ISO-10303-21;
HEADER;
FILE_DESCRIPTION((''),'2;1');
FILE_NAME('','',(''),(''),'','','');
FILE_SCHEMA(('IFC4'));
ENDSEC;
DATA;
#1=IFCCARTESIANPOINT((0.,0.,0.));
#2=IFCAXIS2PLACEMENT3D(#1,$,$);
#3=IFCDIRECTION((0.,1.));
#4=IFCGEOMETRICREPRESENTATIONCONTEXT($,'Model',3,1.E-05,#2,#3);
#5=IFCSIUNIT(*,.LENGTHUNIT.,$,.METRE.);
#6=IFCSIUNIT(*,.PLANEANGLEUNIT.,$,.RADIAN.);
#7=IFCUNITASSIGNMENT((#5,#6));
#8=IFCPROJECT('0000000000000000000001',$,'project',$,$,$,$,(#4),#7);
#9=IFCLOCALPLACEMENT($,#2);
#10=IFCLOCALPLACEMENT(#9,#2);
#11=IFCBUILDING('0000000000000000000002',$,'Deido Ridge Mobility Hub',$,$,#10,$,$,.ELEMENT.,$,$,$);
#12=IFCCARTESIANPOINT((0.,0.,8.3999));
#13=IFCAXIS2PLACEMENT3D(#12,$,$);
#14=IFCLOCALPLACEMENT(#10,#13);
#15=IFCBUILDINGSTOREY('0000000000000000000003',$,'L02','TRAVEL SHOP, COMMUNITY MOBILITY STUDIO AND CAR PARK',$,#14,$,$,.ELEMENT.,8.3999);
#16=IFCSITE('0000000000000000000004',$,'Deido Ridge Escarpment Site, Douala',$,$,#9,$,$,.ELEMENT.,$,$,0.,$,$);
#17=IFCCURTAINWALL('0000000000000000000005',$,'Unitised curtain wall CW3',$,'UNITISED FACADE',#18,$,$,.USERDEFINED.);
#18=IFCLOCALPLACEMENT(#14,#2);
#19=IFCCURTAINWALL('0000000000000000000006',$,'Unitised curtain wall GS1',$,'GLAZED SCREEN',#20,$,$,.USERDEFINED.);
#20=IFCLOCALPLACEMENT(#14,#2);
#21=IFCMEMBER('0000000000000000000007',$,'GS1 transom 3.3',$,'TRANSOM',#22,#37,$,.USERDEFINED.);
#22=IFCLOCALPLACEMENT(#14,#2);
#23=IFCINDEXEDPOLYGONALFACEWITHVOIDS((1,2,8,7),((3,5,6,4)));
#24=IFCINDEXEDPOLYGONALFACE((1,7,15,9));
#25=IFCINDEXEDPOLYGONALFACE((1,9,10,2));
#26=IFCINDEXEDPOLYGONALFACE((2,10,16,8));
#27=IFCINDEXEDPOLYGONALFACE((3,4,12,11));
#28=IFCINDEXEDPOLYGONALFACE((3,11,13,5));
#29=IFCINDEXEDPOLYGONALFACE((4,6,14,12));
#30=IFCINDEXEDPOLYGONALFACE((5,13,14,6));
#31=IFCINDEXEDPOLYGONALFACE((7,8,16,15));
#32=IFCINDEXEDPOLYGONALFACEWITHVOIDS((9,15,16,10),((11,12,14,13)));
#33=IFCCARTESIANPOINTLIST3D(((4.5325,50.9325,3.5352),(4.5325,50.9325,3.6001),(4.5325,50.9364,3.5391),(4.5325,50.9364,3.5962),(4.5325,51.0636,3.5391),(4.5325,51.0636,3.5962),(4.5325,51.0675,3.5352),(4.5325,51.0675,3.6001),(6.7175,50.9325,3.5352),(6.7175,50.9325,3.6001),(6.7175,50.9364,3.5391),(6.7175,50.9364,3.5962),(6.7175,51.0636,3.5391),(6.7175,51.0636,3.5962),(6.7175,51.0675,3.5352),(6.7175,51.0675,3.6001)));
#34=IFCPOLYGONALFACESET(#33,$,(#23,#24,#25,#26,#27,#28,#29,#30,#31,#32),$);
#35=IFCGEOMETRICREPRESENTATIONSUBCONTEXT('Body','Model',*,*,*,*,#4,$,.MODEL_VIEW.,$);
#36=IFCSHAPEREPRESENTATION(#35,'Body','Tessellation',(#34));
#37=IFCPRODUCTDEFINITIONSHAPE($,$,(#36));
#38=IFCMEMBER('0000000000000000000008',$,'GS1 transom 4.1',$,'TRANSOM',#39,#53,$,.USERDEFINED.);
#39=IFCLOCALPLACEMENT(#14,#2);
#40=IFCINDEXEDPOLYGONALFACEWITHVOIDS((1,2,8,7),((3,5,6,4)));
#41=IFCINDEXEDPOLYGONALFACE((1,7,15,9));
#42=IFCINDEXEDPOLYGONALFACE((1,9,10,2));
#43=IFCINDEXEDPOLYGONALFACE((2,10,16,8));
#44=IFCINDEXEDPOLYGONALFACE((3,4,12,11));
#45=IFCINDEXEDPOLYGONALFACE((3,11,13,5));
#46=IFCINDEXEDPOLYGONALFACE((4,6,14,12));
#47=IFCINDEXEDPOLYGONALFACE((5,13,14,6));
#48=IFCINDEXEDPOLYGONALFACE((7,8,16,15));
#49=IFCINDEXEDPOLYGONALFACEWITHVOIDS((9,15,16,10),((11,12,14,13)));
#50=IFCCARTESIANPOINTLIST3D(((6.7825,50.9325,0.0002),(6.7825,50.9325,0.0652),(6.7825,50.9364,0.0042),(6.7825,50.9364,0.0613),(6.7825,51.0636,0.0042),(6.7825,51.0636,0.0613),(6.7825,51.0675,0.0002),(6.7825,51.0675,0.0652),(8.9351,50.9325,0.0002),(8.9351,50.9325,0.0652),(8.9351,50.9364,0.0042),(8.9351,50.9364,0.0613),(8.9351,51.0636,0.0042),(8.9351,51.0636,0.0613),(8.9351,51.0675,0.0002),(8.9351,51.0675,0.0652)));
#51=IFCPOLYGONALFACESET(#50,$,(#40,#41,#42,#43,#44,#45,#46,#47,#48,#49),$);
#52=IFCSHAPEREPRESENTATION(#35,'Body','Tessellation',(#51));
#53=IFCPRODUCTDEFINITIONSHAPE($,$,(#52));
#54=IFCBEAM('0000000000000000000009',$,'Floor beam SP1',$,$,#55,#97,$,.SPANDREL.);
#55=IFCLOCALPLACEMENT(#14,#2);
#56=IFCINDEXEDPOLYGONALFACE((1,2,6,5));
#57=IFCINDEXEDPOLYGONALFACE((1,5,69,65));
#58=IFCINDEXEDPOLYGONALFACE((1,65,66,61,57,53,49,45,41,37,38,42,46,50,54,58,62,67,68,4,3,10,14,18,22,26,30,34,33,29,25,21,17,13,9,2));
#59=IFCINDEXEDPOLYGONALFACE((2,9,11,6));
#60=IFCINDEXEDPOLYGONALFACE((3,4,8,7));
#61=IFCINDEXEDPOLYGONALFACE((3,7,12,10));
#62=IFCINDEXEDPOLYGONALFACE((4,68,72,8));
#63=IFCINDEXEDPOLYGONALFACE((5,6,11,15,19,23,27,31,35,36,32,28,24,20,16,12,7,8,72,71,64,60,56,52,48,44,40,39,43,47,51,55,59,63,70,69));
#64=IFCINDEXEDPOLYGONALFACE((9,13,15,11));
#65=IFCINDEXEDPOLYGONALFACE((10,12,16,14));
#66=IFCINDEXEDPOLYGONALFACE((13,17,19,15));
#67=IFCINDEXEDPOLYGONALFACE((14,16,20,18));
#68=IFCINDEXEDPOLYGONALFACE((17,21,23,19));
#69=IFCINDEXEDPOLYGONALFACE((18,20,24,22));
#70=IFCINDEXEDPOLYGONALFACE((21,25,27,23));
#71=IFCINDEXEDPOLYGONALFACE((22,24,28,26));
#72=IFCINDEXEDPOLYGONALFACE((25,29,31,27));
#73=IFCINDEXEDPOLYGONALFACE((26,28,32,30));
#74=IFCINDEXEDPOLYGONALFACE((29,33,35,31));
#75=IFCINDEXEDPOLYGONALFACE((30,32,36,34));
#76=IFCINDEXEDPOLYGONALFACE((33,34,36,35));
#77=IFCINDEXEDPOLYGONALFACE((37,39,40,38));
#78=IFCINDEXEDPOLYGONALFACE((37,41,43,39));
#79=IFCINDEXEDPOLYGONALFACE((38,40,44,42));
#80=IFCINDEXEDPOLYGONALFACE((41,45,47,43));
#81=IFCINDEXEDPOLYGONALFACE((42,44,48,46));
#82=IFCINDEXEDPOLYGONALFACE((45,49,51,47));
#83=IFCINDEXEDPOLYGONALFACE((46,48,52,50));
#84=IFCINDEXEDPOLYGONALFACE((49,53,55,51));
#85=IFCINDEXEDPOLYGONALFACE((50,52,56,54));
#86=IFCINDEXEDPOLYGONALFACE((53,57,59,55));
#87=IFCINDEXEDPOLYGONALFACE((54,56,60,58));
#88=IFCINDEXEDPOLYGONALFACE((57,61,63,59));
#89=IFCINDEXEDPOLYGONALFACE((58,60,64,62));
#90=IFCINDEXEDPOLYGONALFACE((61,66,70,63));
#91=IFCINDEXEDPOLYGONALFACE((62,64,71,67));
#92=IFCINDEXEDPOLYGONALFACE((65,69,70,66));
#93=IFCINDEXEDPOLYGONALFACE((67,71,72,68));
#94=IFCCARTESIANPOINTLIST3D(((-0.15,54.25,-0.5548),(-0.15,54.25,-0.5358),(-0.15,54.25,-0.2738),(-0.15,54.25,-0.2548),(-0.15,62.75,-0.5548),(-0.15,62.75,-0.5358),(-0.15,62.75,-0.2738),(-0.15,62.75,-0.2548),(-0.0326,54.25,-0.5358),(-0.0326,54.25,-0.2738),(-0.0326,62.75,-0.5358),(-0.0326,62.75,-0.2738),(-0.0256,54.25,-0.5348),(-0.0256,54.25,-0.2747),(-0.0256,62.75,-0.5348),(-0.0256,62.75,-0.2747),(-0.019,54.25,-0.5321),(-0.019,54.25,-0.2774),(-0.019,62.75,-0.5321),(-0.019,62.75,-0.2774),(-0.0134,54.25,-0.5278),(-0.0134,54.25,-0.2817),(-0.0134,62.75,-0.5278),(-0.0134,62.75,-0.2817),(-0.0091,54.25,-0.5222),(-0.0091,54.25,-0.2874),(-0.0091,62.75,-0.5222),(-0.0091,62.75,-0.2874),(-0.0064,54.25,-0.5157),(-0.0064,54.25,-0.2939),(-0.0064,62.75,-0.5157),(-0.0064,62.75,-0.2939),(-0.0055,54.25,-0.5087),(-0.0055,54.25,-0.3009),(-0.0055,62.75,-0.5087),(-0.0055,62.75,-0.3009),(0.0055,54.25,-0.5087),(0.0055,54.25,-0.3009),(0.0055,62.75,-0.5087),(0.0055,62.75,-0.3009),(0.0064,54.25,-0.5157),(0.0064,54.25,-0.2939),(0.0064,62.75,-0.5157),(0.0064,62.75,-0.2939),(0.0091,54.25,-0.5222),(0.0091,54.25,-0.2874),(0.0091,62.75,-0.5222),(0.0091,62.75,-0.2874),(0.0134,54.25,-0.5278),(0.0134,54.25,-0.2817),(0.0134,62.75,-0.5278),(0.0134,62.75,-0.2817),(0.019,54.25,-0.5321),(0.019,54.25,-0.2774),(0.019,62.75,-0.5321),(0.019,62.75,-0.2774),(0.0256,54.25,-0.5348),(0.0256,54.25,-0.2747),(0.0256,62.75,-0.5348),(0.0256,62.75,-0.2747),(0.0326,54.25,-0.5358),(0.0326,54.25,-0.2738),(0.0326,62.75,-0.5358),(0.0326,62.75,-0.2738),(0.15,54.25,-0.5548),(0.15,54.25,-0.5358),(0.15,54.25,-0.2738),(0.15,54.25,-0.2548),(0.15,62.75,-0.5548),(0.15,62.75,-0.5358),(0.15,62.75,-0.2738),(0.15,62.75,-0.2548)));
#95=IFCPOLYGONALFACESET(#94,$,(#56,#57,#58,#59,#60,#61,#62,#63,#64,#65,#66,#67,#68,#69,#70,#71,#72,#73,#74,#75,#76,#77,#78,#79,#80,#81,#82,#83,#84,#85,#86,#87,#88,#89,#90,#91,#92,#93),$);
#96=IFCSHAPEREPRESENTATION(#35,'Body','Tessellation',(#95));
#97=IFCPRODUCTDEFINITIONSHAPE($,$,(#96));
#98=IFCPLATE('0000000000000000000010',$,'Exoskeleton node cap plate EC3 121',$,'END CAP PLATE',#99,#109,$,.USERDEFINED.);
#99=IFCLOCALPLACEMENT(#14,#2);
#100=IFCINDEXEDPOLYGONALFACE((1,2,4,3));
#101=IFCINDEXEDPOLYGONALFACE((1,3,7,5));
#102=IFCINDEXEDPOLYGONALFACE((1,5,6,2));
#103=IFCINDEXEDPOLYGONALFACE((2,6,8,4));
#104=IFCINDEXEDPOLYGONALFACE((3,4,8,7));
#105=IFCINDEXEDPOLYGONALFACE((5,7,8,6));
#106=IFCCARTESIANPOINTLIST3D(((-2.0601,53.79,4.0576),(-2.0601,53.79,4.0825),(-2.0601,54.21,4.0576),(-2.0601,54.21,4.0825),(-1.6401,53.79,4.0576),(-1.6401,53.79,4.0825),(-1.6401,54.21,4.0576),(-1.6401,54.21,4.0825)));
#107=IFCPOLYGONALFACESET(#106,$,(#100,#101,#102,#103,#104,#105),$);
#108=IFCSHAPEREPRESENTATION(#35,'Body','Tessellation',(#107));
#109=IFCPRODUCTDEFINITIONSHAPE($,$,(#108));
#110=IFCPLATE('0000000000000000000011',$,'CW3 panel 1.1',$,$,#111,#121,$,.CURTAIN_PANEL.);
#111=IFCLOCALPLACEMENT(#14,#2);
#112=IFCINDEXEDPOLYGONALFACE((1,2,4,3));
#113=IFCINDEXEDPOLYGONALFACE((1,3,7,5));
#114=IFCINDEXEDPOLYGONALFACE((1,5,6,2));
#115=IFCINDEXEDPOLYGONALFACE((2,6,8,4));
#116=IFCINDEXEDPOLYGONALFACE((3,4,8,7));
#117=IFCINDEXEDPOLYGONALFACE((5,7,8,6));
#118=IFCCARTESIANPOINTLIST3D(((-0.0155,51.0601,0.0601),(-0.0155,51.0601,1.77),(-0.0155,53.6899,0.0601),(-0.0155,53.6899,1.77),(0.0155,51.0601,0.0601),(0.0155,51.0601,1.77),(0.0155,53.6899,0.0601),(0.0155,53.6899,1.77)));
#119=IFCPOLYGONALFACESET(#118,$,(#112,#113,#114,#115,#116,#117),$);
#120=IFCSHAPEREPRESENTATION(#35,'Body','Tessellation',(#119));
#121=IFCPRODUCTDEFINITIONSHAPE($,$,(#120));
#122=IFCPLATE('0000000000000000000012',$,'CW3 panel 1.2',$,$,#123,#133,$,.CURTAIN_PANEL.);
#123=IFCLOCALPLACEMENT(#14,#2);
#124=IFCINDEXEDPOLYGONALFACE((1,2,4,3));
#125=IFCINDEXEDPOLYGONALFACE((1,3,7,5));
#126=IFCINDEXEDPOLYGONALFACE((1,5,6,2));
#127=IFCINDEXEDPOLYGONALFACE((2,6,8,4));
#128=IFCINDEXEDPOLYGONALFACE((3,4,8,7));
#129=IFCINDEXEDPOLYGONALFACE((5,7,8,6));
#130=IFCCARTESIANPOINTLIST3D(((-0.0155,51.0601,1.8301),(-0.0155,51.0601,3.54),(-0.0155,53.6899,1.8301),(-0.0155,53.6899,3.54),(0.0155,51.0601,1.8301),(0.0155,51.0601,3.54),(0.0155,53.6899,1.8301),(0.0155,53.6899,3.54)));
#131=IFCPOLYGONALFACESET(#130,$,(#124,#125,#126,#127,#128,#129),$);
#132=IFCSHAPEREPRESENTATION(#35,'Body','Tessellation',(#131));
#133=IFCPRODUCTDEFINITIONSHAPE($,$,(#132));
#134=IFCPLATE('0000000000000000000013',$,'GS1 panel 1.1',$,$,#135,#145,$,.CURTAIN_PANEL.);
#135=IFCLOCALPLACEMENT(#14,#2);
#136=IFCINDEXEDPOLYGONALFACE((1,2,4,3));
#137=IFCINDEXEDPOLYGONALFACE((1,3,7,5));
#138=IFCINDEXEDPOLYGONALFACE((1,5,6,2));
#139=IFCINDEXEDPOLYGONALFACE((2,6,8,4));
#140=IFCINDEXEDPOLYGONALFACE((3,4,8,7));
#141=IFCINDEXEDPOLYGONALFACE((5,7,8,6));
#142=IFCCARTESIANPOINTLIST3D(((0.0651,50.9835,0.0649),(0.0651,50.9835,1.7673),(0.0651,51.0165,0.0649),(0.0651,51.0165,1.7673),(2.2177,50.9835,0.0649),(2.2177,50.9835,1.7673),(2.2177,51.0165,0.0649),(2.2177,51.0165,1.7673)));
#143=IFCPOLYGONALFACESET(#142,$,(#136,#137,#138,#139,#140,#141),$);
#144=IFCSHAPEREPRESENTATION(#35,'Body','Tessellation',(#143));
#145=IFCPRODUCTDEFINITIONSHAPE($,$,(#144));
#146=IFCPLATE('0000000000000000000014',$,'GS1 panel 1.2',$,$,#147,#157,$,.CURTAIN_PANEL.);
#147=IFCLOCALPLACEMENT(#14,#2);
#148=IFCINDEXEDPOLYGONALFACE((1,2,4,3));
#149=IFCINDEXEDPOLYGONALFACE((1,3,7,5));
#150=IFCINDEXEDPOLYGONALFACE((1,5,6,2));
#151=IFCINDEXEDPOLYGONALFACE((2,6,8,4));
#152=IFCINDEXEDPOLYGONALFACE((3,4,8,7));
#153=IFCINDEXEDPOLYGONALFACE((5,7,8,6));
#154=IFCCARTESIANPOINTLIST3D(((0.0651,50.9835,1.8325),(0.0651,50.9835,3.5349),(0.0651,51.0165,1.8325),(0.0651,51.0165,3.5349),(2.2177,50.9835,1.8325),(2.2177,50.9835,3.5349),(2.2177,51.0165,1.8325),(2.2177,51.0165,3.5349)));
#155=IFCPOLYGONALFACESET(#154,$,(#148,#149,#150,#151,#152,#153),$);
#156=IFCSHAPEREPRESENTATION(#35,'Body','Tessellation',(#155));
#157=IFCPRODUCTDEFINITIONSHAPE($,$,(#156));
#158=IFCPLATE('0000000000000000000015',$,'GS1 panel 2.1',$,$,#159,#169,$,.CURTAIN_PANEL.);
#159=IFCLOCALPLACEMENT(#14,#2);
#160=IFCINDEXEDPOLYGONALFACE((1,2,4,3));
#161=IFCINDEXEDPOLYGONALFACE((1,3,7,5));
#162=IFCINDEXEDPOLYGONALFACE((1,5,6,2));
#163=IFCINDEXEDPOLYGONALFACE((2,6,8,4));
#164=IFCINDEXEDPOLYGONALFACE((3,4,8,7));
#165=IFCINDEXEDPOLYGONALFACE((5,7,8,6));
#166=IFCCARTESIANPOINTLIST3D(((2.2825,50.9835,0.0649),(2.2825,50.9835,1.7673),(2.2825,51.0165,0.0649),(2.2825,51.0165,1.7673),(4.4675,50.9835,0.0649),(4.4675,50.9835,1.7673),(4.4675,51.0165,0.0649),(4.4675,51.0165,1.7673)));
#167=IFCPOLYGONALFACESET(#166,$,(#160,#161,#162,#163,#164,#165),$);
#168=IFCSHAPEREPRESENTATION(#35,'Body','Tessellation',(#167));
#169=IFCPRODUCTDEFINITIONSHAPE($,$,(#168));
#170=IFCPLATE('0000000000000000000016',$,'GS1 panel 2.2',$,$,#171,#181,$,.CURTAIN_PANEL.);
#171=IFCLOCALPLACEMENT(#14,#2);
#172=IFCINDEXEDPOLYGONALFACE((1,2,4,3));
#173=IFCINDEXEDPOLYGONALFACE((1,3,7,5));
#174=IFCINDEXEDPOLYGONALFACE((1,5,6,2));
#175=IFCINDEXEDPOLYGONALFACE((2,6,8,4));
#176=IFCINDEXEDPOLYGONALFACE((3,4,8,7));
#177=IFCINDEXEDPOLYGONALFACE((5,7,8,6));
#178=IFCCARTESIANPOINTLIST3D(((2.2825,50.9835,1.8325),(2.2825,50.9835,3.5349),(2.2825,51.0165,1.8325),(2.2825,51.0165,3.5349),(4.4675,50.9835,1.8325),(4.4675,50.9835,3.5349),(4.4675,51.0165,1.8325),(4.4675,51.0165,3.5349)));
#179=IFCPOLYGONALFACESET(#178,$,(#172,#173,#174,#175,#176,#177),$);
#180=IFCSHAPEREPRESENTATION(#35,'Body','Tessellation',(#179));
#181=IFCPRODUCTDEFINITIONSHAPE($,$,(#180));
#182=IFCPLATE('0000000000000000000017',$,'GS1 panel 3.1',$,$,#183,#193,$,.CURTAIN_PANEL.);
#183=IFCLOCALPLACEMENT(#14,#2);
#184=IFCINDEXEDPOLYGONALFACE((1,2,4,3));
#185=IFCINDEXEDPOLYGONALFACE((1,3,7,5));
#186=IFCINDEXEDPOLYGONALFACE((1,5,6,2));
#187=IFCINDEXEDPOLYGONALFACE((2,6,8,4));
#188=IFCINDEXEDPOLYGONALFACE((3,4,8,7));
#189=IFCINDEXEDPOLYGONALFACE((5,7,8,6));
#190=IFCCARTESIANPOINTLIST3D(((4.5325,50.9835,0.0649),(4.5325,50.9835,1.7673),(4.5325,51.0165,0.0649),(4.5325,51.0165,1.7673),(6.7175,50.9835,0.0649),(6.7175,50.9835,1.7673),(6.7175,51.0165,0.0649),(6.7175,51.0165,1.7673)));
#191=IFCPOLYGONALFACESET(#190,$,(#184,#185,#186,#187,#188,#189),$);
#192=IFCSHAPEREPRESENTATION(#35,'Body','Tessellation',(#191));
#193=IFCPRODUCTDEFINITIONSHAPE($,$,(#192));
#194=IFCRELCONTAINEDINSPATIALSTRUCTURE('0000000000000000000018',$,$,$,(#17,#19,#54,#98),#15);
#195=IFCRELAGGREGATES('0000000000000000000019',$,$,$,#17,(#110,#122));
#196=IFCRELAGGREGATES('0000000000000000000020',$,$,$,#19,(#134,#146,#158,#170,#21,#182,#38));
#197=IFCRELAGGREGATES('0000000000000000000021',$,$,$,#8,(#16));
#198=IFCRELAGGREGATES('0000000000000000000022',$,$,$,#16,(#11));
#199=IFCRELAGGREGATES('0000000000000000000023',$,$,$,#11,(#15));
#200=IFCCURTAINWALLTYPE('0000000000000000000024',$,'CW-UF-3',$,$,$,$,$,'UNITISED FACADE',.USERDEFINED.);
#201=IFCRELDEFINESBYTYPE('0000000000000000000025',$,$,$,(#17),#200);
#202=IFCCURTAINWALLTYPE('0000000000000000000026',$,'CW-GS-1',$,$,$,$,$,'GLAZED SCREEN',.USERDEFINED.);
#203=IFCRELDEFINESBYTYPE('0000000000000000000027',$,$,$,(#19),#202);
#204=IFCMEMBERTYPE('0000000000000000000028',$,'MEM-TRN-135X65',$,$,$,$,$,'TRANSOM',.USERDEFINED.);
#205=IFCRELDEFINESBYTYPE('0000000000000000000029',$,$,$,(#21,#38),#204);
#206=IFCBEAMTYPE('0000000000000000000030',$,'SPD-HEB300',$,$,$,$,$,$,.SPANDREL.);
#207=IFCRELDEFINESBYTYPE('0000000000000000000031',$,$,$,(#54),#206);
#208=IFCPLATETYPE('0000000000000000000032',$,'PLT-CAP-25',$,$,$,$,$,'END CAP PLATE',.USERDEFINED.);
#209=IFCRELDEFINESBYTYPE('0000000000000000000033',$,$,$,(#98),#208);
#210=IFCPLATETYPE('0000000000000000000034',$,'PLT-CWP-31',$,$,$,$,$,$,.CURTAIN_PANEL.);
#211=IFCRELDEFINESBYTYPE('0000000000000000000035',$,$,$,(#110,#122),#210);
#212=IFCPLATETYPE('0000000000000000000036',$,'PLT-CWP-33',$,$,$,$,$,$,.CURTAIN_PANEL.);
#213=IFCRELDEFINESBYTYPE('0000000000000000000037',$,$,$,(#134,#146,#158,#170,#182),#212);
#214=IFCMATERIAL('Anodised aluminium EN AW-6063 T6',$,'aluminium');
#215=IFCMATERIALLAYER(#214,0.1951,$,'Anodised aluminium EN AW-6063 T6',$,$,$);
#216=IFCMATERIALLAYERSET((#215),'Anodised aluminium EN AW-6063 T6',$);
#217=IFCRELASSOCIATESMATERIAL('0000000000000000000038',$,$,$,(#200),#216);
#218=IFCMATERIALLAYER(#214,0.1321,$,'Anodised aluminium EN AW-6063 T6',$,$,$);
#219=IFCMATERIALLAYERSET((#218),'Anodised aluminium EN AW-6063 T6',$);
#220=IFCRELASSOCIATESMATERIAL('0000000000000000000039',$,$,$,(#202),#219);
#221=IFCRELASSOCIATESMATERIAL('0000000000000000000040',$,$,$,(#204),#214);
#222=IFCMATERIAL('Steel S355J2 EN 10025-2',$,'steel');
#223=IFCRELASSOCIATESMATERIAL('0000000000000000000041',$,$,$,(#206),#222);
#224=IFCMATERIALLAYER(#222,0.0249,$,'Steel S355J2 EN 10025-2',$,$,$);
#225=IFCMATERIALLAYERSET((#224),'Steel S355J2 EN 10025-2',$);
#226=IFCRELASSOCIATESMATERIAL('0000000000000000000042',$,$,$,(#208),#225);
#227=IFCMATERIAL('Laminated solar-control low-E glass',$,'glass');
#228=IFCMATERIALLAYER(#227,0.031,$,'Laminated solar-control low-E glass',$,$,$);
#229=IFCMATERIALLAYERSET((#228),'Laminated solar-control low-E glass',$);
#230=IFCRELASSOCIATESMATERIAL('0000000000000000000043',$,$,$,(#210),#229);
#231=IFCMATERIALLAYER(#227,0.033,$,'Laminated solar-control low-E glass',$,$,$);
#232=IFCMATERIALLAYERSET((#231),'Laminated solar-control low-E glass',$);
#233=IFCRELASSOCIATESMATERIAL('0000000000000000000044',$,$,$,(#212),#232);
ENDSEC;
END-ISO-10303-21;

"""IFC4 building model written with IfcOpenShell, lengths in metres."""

from ifc_helpers import new_model, si_unit, direction, frame, origin, origin_2d, place, context, subcontext, project, spatial, rectangle, hollow_rectangle, i_section, extrude, material, layer, layer_set, material_profile, profile_set, type_object, element, aggregate, save


model = new_model("IFC4")

# Units and contexts
model_context = context("Model", 3, precision=1e-05, world=origin(), true_north=direction((0.0, 1.0)))
body_context = subcontext(model_context, "Body", "Model", "MODEL_VIEW")
ifc_project = project(units=[si_unit("LENGTHUNIT", "METRE"), si_unit("PLANEANGLEUNIT", "RADIAN")], contexts=[model_context])

# Site, building, storey
site_placement = place(None, origin())
site = spatial("IfcSite", under=ifc_project, at=site_placement, Name="Deido Ridge Escarpment Site, Douala", CompositionType="ELEMENT", RefElevation=0.0)
building_placement = place(site_placement, origin())
building = spatial("IfcBuilding", under=site, at=building_placement, Name="Deido Ridge Mobility Hub", CompositionType="ELEMENT")
storey_placement = place(building_placement, frame((0.0, 0.0, 8.3999)))
storey = spatial("IfcBuildingStorey", under=building, at=storey_placement, Name="L02", Description="TRAVEL SHOP, COMMUNITY MOBILITY STUDIO AND CAR PARK", CompositionType="ELEMENT", Elevation=8.3999)

# Shared definitions
ifc_material_1 = material(Name="Steel S355J2 EN 10025-2", Category="steel")

# Curtain walls
ifc_material_2 = material(Name="Anodised aluminium EN AW-6063 T6", Category="aluminium")
ifc_layer_1 = layer(ifc_material_2, 0.1951, Name="Anodised aluminium EN AW-6063 T6")
ifc_layer_set_1 = layer_set([ifc_layer_1], Name="Anodised aluminium EN AW-6063 T6")
curtain_wall_type_1 = type_object("IfcCurtainWallType", Name="CW-UF-3", ElementType="UNITISED FACADE", PredefinedType="USERDEFINED", material=ifc_layer_set_1)
curtain_wall_1_placement = place(storey_placement, origin())
curtain_wall_1 = element("IfcCurtainWall", 1, at=curtain_wall_1_placement, inside=storey, type_object=curtain_wall_type_1, Name="Unitised curtain wall CW3", ObjectType="UNITISED FACADE", PredefinedType="USERDEFINED")
ifc_layer_2 = layer(ifc_material_2, 0.1321, Name="Anodised aluminium EN AW-6063 T6")
ifc_layer_set_2 = layer_set([ifc_layer_2], Name="Anodised aluminium EN AW-6063 T6")
curtain_wall_type_2 = type_object("IfcCurtainWallType", Name="CW-GS-1", ElementType="GLAZED SCREEN", PredefinedType="USERDEFINED", material=ifc_layer_set_2)
curtain_wall_2_placement = place(storey_placement, origin())
curtain_wall_2 = element("IfcCurtainWall", 2, at=curtain_wall_2_placement, inside=storey, type_object=curtain_wall_type_2, Name="Unitised curtain wall GS1", ObjectType="GLAZED SCREEN", PredefinedType="USERDEFINED")

# Members
ifc_material_profile_1 = material_profile(ifc_material_2, hollow_rectangle(XDim=0.135, YDim=0.0649, WallThickness=0.0039, at=origin_2d()), Name="RHS 135x65x4")
ifc_profile_set_1 = profile_set([ifc_material_profile_1], Name="Anodised aluminium EN AW-6063 T6")
member_type_1 = type_object("IfcMemberType", Name="MEM-TRN-135X65", ElementType="TRANSOM", PredefinedType="USERDEFINED", material=ifc_profile_set_1)
member_1_placement = place(storey_placement, frame((4.5325, 51.0, 3.5676), z_axis=(1.0, 0.0, 0.0), x_axis=(0.0, 1.0, 0.0)))
member_1 = element("IfcMember", 3, at=member_1_placement, type_object=member_type_1, Name="GS1 transom 3.3", ObjectType="TRANSOM", PredefinedType="USERDEFINED", context=body_context, shape_type="SweptSolid", body=[
    extrude(hollow_rectangle(XDim=0.135, YDim=0.0649, WallThickness=0.0039, at=origin_2d()), origin(), (0.0, 0.0, 1.0), 2.1851),
])
member_2_placement = place(storey_placement, frame((6.7825, 51.0, 0.0327), z_axis=(1.0, 0.0, 0.0), x_axis=(0.0, 1.0, 0.0)))
member_2 = element("IfcMember", 4, at=member_2_placement, type_object=member_type_1, Name="GS1 transom 4.1", ObjectType="TRANSOM", PredefinedType="USERDEFINED", context=body_context, shape_type="SweptSolid", body=[
    extrude(hollow_rectangle(XDim=0.135, YDim=0.0649, WallThickness=0.0039, at=origin_2d()), origin(), (0.0, 0.0, 1.0), 2.1526),
])

# Beam
ifc_material_profile_2 = material_profile(ifc_material_1, i_section(OverallWidth=0.3, OverallDepth=0.3, WebThickness=0.011, FlangeThickness=0.019, FilletRadius=0.0271, at=origin_2d()), Name="HEB 300")
ifc_profile_set_2 = profile_set([ifc_material_profile_2], Name="Steel S355J2 EN 10025-2")
beam_type_1 = type_object("IfcBeamType", Name="SPD-HEB300", PredefinedType="SPANDREL", material=ifc_profile_set_2)
beam_1_placement = place(storey_placement, frame((0.0, 54.25, -0.4048), z_axis=(0.0, 1.0, 0.0), x_axis=(-1.0, 0.0, 0.0)))
element("IfcBeam", 5, at=beam_1_placement, inside=storey, type_object=beam_type_1, Name="Floor beam SP1", PredefinedType="SPANDREL", context=body_context, shape_type="SweptSolid", body=[
    extrude(i_section(OverallWidth=0.3, OverallDepth=0.3, WebThickness=0.011, FlangeThickness=0.019, FilletRadius=0.0271, at=origin_2d()), origin(), (0.0, 0.0, 1.0), 8.5),
])

# Plates
ifc_layer_3 = layer(ifc_material_1, 0.0249, Name="Steel S355J2 EN 10025-2")
ifc_layer_set_3 = layer_set([ifc_layer_3], Name="Steel S355J2 EN 10025-2")
plate_type_1 = type_object("IfcPlateType", Name="PLT-CAP-25", ElementType="END CAP PLATE", PredefinedType="USERDEFINED", material=ifc_layer_set_3)
plate_1_placement = place(storey_placement, frame((-1.8501, 54.0, 4.0576), z_axis=(0.0, 0.0, 1.0), x_axis=(1.0, 0.0, 0.0)))
element("IfcPlate", 6, at=plate_1_placement, inside=storey, type_object=plate_type_1, Name="Exoskeleton node cap plate EC3 121", ObjectType="END CAP PLATE", PredefinedType="USERDEFINED", context=body_context, shape_type="SweptSolid", body=[
    extrude(rectangle(XDim=0.4199, YDim=0.4199, at=origin_2d()), origin(), (0.0, 0.0, 1.0), 0.0249),
])
ifc_material_3 = material(Name="Laminated solar-control low-E glass", Category="glass")
ifc_layer_4 = layer(ifc_material_3, 0.031, Name="Laminated solar-control low-E glass")
ifc_layer_set_4 = layer_set([ifc_layer_4], Name="Laminated solar-control low-E glass")
plate_type_2 = type_object("IfcPlateType", Name="PLT-CWP-31", PredefinedType="CURTAIN_PANEL", material=ifc_layer_set_4)
plate_2_placement = place(storey_placement, frame((0.0, 52.375, 0.0601), z_axis=(0.0, 0.0, 1.0), x_axis=(0.0, 1.0, 0.0)))
plate_2 = element("IfcPlate", 7, at=plate_2_placement, type_object=plate_type_2, Name="CW3 panel 1.1", PredefinedType="CURTAIN_PANEL", context=body_context, shape_type="SweptSolid", body=[
    extrude(rectangle(XDim=2.6299, YDim=0.031, at=origin_2d()), origin(), (0.0, 0.0, 1.0), 1.71),
])
plate_3_placement = place(storey_placement, frame((0.0, 52.375, 1.8301), z_axis=(0.0, 0.0, 1.0), x_axis=(0.0, 1.0, 0.0)))
plate_3 = element("IfcPlate", 8, at=plate_3_placement, type_object=plate_type_2, Name="CW3 panel 1.2", PredefinedType="CURTAIN_PANEL", context=body_context, shape_type="SweptSolid", body=[
    extrude(rectangle(XDim=2.6299, YDim=0.031, at=origin_2d()), origin(), (0.0, 0.0, 1.0), 1.71),
])
aggregate(curtain_wall_1, [plate_2, plate_3])
ifc_layer_5 = layer(ifc_material_3, 0.033, Name="Laminated solar-control low-E glass")
ifc_layer_set_5 = layer_set([ifc_layer_5], Name="Laminated solar-control low-E glass")
plate_type_3 = type_object("IfcPlateType", Name="PLT-CWP-33", PredefinedType="CURTAIN_PANEL", material=ifc_layer_set_5)
plate_4_placement = place(storey_placement, frame((1.1414, 51.0, 0.0649), z_axis=(0.0, 0.0, 1.0), x_axis=(1.0, 0.0, 0.0)))
plate_4 = element("IfcPlate", 9, at=plate_4_placement, type_object=plate_type_3, Name="GS1 panel 1.1", PredefinedType="CURTAIN_PANEL", context=body_context, shape_type="SweptSolid", body=[
    extrude(rectangle(XDim=2.1526, YDim=0.033, at=origin_2d()), origin(), (0.0, 0.0, 1.0), 1.7024),
])
plate_5_placement = place(storey_placement, frame((1.1414, 51.0, 1.8325), z_axis=(0.0, 0.0, 1.0), x_axis=(1.0, 0.0, 0.0)))
plate_5 = element("IfcPlate", 10, at=plate_5_placement, type_object=plate_type_3, Name="GS1 panel 1.2", PredefinedType="CURTAIN_PANEL", context=body_context, shape_type="SweptSolid", body=[
    extrude(rectangle(XDim=2.1526, YDim=0.033, at=origin_2d()), origin(), (0.0, 0.0, 1.0), 1.7024),
])
plate_6_placement = place(storey_placement, frame((3.375, 51.0, 0.0649), z_axis=(0.0, 0.0, 1.0), x_axis=(1.0, 0.0, 0.0)))
plate_6 = element("IfcPlate", 11, at=plate_6_placement, type_object=plate_type_3, Name="GS1 panel 2.1", PredefinedType="CURTAIN_PANEL", context=body_context, shape_type="SweptSolid", body=[
    extrude(rectangle(XDim=2.1851, YDim=0.033, at=origin_2d()), origin(), (0.0, 0.0, 1.0), 1.7024),
])
plate_7_placement = place(storey_placement, frame((3.375, 51.0, 1.8325), z_axis=(0.0, 0.0, 1.0), x_axis=(1.0, 0.0, 0.0)))
plate_7 = element("IfcPlate", 12, at=plate_7_placement, type_object=plate_type_3, Name="GS1 panel 2.2", PredefinedType="CURTAIN_PANEL", context=body_context, shape_type="SweptSolid", body=[
    extrude(rectangle(XDim=2.1851, YDim=0.033, at=origin_2d()), origin(), (0.0, 0.0, 1.0), 1.7024),
])
plate_8_placement = place(storey_placement, frame((5.625, 51.0, 0.0649), z_axis=(0.0, 0.0, 1.0), x_axis=(1.0, 0.0, 0.0)))
plate_8 = element("IfcPlate", 13, at=plate_8_placement, type_object=plate_type_3, Name="GS1 panel 3.1", PredefinedType="CURTAIN_PANEL", context=body_context, shape_type="SweptSolid", body=[
    extrude(rectangle(XDim=2.1851, YDim=0.033, at=origin_2d()), origin(), (0.0, 0.0, 1.0), 1.7024),
])
aggregate(curtain_wall_2, [plate_4, plate_5, plate_6, plate_7, member_1, plate_8, member_2])

save(model, "model.ifc")
